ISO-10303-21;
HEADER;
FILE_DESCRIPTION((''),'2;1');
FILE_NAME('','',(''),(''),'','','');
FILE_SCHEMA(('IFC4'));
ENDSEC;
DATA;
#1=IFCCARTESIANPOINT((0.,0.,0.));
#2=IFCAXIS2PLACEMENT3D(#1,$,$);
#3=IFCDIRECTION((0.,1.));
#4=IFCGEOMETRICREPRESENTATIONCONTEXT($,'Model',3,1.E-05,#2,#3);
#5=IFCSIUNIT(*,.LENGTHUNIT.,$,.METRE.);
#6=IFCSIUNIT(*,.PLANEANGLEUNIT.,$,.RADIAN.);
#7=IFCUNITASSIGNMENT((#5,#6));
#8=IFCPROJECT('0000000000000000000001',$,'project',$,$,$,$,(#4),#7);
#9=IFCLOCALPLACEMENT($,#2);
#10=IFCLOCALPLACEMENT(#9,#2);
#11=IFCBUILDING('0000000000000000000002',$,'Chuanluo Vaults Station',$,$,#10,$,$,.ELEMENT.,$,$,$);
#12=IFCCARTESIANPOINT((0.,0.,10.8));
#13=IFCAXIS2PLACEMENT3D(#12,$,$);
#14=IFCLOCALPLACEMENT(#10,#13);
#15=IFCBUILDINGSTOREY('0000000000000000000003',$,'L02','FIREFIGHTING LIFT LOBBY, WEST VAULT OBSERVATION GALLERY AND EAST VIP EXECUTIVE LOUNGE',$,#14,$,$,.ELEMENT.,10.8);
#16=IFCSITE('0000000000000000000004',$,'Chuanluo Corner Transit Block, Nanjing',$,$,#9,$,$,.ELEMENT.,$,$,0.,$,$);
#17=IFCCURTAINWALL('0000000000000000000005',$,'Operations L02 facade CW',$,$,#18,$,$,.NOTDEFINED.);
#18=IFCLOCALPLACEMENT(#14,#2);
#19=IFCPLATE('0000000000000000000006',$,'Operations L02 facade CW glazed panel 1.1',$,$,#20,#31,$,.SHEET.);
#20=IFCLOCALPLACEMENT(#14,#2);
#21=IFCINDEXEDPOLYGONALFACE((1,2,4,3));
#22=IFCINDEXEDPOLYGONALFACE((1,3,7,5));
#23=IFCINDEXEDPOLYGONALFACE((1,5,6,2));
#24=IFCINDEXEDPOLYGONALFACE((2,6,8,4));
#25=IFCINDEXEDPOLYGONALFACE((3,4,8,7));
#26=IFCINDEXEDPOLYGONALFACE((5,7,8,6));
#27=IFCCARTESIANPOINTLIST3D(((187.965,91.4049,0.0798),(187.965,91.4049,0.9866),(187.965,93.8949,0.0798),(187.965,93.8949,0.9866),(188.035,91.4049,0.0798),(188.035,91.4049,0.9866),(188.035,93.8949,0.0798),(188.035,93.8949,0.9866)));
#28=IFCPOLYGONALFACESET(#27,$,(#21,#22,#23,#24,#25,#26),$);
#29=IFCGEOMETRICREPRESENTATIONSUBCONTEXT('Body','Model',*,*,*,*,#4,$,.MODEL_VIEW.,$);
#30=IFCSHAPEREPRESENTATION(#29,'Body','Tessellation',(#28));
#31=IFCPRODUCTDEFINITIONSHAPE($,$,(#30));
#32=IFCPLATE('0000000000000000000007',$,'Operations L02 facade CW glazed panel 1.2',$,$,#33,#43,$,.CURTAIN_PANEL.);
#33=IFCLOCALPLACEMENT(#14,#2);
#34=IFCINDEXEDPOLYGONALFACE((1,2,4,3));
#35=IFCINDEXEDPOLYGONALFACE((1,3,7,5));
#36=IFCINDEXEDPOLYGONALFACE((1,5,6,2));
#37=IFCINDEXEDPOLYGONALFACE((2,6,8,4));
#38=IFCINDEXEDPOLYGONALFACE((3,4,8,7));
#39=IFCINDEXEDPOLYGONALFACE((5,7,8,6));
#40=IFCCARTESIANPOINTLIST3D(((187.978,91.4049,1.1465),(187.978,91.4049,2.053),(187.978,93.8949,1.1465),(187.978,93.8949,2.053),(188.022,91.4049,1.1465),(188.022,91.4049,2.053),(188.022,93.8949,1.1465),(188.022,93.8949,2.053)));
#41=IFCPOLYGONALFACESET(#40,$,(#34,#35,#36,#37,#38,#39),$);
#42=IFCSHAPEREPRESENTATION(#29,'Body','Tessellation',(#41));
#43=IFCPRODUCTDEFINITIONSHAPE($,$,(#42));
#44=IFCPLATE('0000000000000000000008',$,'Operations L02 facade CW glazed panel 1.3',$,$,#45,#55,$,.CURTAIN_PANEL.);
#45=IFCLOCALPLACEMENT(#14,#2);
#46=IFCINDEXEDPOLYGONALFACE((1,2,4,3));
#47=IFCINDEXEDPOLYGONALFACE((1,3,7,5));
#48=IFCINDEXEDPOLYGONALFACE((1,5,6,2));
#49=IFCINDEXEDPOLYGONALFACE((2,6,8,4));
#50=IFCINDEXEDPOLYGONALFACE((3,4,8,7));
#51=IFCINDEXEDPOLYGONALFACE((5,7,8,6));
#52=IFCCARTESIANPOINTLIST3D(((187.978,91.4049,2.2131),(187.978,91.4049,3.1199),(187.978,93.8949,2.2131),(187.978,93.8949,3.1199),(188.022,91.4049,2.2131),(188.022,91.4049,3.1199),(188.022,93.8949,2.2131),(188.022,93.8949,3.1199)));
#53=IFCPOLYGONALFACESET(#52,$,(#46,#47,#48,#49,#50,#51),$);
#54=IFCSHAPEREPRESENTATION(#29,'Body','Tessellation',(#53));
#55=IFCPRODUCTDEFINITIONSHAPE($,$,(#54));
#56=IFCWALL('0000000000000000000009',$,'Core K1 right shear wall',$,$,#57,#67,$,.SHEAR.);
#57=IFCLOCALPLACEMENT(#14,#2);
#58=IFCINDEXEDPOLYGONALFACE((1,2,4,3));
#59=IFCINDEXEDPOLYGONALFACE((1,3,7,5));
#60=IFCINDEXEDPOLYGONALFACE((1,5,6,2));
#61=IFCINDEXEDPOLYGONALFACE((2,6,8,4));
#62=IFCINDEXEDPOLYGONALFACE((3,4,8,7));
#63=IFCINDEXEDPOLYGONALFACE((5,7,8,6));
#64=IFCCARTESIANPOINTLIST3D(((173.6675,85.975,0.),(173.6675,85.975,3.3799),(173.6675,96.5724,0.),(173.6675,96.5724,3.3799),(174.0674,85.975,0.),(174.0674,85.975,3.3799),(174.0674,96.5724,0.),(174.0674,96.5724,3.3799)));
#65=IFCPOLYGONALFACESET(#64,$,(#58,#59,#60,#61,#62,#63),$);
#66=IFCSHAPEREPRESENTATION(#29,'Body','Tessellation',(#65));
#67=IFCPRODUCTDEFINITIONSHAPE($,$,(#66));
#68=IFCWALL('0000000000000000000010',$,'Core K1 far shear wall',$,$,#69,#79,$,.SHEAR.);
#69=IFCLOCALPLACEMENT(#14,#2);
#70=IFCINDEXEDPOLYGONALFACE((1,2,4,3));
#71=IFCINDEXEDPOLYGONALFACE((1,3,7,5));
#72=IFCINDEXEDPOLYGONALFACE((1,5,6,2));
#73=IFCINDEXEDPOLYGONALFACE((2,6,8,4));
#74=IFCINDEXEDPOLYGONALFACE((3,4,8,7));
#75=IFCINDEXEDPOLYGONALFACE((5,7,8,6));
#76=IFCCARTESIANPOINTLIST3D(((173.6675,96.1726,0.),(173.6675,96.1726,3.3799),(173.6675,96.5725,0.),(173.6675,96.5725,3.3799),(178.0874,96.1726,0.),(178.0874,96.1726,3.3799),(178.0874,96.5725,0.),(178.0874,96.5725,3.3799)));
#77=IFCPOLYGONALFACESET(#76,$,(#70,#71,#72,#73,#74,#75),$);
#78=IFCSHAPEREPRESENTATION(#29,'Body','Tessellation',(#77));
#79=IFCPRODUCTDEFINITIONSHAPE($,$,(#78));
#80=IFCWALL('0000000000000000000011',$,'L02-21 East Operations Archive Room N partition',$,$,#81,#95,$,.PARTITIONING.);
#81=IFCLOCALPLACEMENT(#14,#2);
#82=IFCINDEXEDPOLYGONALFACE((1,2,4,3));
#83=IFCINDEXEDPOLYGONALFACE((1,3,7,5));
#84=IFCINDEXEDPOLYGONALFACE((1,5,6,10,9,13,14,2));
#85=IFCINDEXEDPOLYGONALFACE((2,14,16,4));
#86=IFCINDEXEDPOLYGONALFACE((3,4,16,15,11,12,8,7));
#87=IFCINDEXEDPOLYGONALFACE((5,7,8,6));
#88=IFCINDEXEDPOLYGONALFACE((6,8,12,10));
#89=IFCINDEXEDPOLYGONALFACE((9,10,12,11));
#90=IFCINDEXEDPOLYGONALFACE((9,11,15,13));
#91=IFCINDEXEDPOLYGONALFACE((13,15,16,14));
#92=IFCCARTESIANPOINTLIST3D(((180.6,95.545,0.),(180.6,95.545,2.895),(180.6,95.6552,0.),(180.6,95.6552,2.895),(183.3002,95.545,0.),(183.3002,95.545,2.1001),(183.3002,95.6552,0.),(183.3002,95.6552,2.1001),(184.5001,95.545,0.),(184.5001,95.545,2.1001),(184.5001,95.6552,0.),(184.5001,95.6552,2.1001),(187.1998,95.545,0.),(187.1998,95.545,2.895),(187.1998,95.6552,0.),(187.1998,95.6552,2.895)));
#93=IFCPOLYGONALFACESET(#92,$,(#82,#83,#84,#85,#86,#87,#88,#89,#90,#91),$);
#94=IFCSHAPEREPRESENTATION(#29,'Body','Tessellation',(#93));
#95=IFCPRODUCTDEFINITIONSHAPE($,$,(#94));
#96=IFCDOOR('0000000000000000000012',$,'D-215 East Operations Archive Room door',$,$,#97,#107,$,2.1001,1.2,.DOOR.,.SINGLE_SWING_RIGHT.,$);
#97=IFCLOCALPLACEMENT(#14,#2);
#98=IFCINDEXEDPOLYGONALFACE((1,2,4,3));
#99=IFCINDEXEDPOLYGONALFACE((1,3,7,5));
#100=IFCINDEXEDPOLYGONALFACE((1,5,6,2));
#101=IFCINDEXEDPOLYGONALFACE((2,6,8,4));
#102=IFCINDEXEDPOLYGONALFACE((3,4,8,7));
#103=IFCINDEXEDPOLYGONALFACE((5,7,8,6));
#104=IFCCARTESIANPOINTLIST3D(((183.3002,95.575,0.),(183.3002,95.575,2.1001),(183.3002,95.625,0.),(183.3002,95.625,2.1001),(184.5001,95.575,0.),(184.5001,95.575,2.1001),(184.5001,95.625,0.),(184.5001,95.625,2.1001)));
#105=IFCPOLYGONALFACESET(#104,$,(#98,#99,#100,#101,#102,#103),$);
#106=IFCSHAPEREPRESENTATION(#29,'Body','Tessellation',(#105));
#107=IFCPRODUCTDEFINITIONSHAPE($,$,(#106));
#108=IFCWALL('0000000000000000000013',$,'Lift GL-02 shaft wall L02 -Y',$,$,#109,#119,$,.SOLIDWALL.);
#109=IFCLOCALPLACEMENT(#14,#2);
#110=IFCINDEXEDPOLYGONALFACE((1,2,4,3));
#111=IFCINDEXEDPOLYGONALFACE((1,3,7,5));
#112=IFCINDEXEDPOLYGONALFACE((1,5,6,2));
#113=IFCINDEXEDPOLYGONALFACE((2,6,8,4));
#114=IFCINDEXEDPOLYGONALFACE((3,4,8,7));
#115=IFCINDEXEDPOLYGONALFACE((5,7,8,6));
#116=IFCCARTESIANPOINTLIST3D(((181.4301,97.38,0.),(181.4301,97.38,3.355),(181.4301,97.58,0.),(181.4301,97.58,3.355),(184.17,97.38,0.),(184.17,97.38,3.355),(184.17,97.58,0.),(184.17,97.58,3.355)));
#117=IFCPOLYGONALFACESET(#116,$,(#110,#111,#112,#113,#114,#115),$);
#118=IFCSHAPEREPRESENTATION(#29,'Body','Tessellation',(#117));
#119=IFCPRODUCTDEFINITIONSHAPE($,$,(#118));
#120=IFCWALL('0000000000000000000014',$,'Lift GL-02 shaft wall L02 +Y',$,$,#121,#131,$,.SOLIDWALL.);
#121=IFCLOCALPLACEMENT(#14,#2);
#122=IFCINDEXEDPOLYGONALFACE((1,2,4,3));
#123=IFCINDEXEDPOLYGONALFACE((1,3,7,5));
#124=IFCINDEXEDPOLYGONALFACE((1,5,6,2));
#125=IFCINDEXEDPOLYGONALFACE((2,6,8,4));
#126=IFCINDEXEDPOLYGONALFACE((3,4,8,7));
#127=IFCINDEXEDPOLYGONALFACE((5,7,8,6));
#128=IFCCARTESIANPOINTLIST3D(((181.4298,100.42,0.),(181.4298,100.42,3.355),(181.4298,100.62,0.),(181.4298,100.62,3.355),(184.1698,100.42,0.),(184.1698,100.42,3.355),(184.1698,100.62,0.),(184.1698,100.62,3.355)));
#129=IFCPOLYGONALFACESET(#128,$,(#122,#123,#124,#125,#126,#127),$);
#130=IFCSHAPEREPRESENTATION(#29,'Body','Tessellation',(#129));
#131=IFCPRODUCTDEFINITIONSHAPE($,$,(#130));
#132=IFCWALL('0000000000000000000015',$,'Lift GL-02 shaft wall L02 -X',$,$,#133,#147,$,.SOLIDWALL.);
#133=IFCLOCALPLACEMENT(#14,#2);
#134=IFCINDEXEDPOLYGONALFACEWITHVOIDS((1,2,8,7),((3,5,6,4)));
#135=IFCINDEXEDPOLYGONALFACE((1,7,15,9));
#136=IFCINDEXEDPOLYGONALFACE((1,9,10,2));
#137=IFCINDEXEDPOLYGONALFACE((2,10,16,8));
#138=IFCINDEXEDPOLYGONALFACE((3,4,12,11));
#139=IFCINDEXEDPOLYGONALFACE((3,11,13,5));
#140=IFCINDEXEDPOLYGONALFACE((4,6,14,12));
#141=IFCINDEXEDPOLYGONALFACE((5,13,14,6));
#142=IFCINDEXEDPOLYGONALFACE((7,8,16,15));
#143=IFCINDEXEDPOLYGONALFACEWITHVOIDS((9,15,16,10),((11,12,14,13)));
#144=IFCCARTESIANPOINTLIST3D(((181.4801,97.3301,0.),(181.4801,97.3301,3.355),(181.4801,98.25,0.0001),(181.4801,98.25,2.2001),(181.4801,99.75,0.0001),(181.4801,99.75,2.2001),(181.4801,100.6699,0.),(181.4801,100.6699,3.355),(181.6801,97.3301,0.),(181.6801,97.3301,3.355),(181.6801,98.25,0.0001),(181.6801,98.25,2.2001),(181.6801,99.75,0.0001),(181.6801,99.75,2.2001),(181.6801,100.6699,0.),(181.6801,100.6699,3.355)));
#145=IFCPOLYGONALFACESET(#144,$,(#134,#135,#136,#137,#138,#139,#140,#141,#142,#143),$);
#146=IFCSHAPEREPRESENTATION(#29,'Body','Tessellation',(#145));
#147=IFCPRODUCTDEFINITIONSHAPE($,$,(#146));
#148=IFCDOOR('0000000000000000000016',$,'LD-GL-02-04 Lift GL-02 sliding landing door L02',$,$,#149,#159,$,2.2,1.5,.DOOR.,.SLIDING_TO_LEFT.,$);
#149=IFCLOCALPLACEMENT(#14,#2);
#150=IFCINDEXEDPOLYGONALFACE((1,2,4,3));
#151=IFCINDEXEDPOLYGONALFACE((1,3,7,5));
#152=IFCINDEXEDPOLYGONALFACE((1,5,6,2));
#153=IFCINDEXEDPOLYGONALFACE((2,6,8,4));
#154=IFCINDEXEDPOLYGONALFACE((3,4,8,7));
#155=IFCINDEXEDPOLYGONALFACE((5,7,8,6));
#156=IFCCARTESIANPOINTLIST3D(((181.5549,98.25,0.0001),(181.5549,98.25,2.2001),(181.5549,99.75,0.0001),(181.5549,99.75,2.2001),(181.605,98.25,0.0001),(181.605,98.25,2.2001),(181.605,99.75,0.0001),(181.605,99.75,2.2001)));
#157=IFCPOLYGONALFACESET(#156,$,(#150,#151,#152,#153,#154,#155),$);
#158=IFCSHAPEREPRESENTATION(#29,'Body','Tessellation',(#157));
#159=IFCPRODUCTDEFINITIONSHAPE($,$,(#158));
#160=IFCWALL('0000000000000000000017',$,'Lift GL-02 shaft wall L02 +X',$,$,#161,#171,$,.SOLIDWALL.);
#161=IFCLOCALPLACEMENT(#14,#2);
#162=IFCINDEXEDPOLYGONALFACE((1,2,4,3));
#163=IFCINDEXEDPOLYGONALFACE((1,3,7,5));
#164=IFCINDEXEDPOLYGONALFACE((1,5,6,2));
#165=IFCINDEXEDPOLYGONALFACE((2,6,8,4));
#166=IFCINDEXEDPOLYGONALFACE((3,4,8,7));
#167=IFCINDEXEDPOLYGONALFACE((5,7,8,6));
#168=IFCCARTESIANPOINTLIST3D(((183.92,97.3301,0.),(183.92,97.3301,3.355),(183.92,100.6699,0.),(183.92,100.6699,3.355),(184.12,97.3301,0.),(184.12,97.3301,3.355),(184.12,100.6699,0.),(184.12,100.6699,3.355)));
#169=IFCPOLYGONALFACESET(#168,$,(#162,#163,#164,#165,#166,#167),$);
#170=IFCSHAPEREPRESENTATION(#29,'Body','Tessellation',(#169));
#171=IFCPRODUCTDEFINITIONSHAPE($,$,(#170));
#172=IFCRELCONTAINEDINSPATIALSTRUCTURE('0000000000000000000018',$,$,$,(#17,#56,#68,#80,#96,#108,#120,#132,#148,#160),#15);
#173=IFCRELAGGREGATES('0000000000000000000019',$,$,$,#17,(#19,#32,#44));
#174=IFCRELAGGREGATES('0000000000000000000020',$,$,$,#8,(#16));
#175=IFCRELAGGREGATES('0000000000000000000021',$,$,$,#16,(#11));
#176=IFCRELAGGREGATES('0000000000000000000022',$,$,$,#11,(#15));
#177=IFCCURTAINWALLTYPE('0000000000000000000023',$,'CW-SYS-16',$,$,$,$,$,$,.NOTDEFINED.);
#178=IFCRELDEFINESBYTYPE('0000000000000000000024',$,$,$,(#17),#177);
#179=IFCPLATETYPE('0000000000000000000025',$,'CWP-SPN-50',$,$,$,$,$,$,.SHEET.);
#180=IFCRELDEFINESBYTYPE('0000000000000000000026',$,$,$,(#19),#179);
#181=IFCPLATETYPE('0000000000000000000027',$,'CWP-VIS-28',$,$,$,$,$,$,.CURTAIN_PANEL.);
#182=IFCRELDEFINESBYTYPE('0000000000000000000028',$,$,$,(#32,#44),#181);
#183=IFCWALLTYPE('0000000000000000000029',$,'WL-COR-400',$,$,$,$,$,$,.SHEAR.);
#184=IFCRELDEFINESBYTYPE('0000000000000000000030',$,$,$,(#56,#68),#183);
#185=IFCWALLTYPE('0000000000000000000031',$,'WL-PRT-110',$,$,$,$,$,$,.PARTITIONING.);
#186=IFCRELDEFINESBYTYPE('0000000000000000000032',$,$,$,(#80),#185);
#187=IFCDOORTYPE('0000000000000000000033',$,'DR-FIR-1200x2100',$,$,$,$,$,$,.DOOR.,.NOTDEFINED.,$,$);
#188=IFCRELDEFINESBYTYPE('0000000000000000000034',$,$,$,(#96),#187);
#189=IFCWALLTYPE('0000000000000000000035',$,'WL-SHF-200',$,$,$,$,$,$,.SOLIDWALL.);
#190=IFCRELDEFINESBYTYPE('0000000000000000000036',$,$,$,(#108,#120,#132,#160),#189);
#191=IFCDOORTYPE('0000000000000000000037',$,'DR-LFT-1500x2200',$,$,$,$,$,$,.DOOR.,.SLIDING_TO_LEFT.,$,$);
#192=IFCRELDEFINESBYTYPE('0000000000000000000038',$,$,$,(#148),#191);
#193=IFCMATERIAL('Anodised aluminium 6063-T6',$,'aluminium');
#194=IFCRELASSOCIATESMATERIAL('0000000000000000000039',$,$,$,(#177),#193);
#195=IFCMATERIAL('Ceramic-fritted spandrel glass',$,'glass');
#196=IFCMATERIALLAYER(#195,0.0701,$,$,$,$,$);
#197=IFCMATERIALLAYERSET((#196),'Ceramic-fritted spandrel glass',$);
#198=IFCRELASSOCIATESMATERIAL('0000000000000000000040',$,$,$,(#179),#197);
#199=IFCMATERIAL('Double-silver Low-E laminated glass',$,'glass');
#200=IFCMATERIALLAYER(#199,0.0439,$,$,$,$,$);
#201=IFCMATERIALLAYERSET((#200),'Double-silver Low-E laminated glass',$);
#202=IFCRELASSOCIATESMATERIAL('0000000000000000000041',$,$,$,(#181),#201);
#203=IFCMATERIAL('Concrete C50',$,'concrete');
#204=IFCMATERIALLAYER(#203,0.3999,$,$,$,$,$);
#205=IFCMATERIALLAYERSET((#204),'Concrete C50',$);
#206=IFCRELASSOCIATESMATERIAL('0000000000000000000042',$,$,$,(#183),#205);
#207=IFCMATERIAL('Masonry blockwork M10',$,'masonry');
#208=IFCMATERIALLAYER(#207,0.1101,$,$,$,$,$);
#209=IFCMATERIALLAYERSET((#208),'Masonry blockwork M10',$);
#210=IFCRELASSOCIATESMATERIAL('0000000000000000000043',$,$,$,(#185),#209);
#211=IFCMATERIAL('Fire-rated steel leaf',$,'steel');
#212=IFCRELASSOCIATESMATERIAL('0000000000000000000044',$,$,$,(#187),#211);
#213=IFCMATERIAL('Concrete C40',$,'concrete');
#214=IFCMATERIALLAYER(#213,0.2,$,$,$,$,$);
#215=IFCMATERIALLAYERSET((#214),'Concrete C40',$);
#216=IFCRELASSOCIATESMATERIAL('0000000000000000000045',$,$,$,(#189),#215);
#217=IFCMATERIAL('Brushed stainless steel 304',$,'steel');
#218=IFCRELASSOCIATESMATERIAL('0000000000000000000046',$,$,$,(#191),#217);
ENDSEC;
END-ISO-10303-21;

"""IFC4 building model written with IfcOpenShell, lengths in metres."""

from ifc_helpers import new_model, si_unit, direction, frame, frame_2d, origin, origin_2d, place, context, subcontext, project, spatial, rectangle, extrude, material, layer, layer_set, type_object, element, fill, aggregate, save


model = new_model("IFC4")

# Units and contexts
model_context = context("Model", 3, precision=1e-05, world=origin(), true_north=direction((0.0, 1.0)))
body_context = subcontext(model_context, "Body", "Model", "MODEL_VIEW")
ifc_project = project(units=[si_unit("LENGTHUNIT", "METRE"), si_unit("PLANEANGLEUNIT", "RADIAN")], contexts=[model_context])

# Site, building, storey
site_placement = place(None, origin())
site = spatial("IfcSite", under=ifc_project, at=site_placement, Name="Chuanluo Corner Transit Block, Nanjing", CompositionType="ELEMENT", RefElevation=0.0)
building_placement = place(site_placement, origin())
building = spatial("IfcBuilding", under=site, at=building_placement, Name="Chuanluo Vaults Station", CompositionType="ELEMENT")
storey_placement = place(building_placement, frame((0.0, 0.0, 10.8)))
storey = spatial("IfcBuildingStorey", under=building, at=storey_placement, Name="L02", Description="FIREFIGHTING LIFT LOBBY, WEST VAULT OBSERVATION GALLERY AND EAST VIP EXECUTIVE LOUNGE", CompositionType="ELEMENT", Elevation=10.8)

# Curtain wall
ifc_material_1 = material(Name="Anodised aluminium 6063-T6", Category="aluminium")
curtain_wall_type = type_object("IfcCurtainWallType", Name="CW-SYS-16", PredefinedType="NOTDEFINED", material=ifc_material_1)
curtain_wall_placement = place(storey_placement, origin())
curtain_wall = element("IfcCurtainWall", 1, at=curtain_wall_placement, inside=storey, type_object=curtain_wall_type, Name="Operations L02 facade CW", PredefinedType="NOTDEFINED")

# Plates
ifc_material_2 = material(Name="Ceramic-fritted spandrel glass", Category="glass")
ifc_layer_1 = layer(ifc_material_2, 0.0701)
ifc_layer_set_1 = layer_set([ifc_layer_1], Name="Ceramic-fritted spandrel glass")
plate_type_1 = type_object("IfcPlateType", Name="CWP-SPN-50", PredefinedType="SHEET", material=ifc_layer_set_1)
plate_1_placement = place(storey_placement, frame((188.0, 92.6499, 0.0798), z_axis=(0.0, 0.0, 1.0), x_axis=(0.0, -1.0, 0.0)))
plate_1 = element("IfcPlate", 2, at=plate_1_placement, type_object=plate_type_1, Name="Operations L02 facade CW glazed panel 1.1", PredefinedType="SHEET", context=body_context, shape_type="SweptSolid", body=[
    extrude(rectangle(XDim=2.49, YDim=0.0701, at=origin_2d()), origin(), (0.0, 0.0, 1.0), 0.9067),
])
ifc_material_3 = material(Name="Double-silver Low-E laminated glass", Category="glass")
ifc_layer_2 = layer(ifc_material_3, 0.0439)
ifc_layer_set_2 = layer_set([ifc_layer_2], Name="Double-silver Low-E laminated glass")
plate_type_2 = type_object("IfcPlateType", Name="CWP-VIS-28", PredefinedType="CURTAIN_PANEL", material=ifc_layer_set_2)
plate_2_placement = place(storey_placement, frame((188.0, 92.6499, 1.1465), z_axis=(0.0, 0.0, 1.0), x_axis=(0.0, -1.0, 0.0)))
plate_2 = element("IfcPlate", 3, at=plate_2_placement, type_object=plate_type_2, Name="Operations L02 facade CW glazed panel 1.2", PredefinedType="CURTAIN_PANEL", context=body_context, shape_type="SweptSolid", body=[
    extrude(rectangle(XDim=2.49, YDim=0.0439, at=origin_2d()), origin(), (0.0, 0.0, 1.0), 0.9065),
])
plate_3_placement = place(storey_placement, frame((188.0, 92.6499, 2.2131), z_axis=(0.0, 0.0, 1.0), x_axis=(0.0, -1.0, 0.0)))
plate_3 = element("IfcPlate", 4, at=plate_3_placement, type_object=plate_type_2, Name="Operations L02 facade CW glazed panel 1.3", PredefinedType="CURTAIN_PANEL", context=body_context, shape_type="SweptSolid", body=[
    extrude(rectangle(XDim=2.49, YDim=0.0439, at=origin_2d()), origin(), (0.0, 0.0, 1.0), 0.9067),
])
aggregate(curtain_wall, [plate_1, plate_2, plate_3])

# Walls
ifc_material_4 = material(Name="Concrete C50", Category="concrete")
ifc_layer_3 = layer(ifc_material_4, 0.3999)
ifc_layer_set_3 = layer_set([ifc_layer_3], Name="Concrete C50")
wall_type_1 = type_object("IfcWallType", Name="WL-COR-400", PredefinedType="SHEAR", material=ifc_layer_set_3)
wall_1_placement = place(storey_placement, frame((173.8674, 96.5725, 0.0), z_axis=(0.0, 0.0, 1.0), x_axis=(0.0, -1.0, 0.0)))
element("IfcWall", 5, at=wall_1_placement, inside=storey, type_object=wall_type_1, Name="Core K1 right shear wall", PredefinedType="SHEAR", context=body_context, shape_type="SweptSolid", body=[
    extrude(rectangle(XDim=10.5974, YDim=0.3999, at=frame_2d((5.2988, 0.0))), origin(), (0.0, 0.0, 1.0), 3.3799),
])
wall_2_placement = place(storey_placement, frame((178.0874, 96.3726, 0.0), z_axis=(0.0, 0.0, 1.0), x_axis=(-1.0, 0.0, 0.0)))
element("IfcWall", 6, at=wall_2_placement, inside=storey, type_object=wall_type_1, Name="Core K1 far shear wall", PredefinedType="SHEAR", context=body_context, shape_type="SweptSolid", body=[
    extrude(rectangle(XDim=4.4199, YDim=0.3999, at=frame_2d((2.21, 0.0))), origin(), (0.0, 0.0, 1.0), 3.3799),
])

# Wall, opening, door
ifc_material_5 = material(Name="Masonry blockwork M10", Category="masonry")
ifc_layer_4 = layer(ifc_material_5, 0.1101)
ifc_layer_set_4 = layer_set([ifc_layer_4], Name="Masonry blockwork M10")
wall_type_2 = type_object("IfcWallType", Name="WL-PRT-110", PredefinedType="PARTITIONING", material=ifc_layer_set_4)
wall_3_placement = place(storey_placement, frame((180.6001, 95.6001, 0.0), z_axis=(0.0, 0.0, 1.0), x_axis=(1.0, 0.0, 0.0)))
wall_3 = element("IfcWall", 7, at=wall_3_placement, inside=storey, type_object=wall_type_2, Name="L02-21 East Operations Archive Room N partition", PredefinedType="PARTITIONING", context=body_context, shape_type="SweptSolid", body=[
    extrude(rectangle(XDim=6.5999, YDim=0.1101, at=frame_2d((3.2998, 0.0))), origin(), (0.0, 0.0, 1.0), 2.895),
])
opening_1_placement = place(wall_3_placement, frame((2.7, 0.0, 0.0)))
opening_1 = element("IfcOpeningElement", 8, at=opening_1_placement, cuts=wall_3, PredefinedType="OPENING", context=body_context, shape_type="SweptSolid", body=[
    extrude(rectangle(XDim=1.2, YDim=2.1001, at=frame_2d((0.6001, 1.05))), frame((0.0, 0.0652, 0.0), z_axis=(0.0, -1.0, 0.0), x_axis=(1.0, 0.0, 0.0)), (0.0, 0.0, 1.0), 0.1301),
])
ifc_material_6 = material(Name="Fire-rated steel leaf", Category="steel")
door_type_1 = type_object("IfcDoorType", Name="DR-FIR-1200x2100", OperationType="NOTDEFINED", PredefinedType="DOOR", material=ifc_material_6)
door_1_placement = place(opening_1_placement, origin())
door_1 = element("IfcDoor", 9, at=door_1_placement, inside=storey, type_object=door_type_1, Name="D-215 East Operations Archive Room door", OperationType="SINGLE_SWING_RIGHT", OverallHeight=2.1001, OverallWidth=1.2, PredefinedType="DOOR", context=body_context, shape_type="SweptSolid", body=[
    extrude(rectangle(XDim=1.2, YDim=2.1001, at=frame_2d((0.6001, 1.05))), frame((0.0, 0.0249, 0.0), z_axis=(0.0, -1.0, 0.0), x_axis=(1.0, 0.0, 0.0)), (0.0, 0.0, 1.0), 0.05),
])
fill(opening_1, door_1)

# Walls
ifc_material_7 = material(Name="Concrete C40", Category="concrete")
ifc_layer_5 = layer(ifc_material_7, 0.2)
ifc_layer_set_5 = layer_set([ifc_layer_5], Name="Concrete C40")
wall_type_3 = type_object("IfcWallType", Name="WL-SHF-200", PredefinedType="SOLIDWALL", material=ifc_layer_set_5)
for number, where, z_axis, x_axis, name in (
    (10, (181.4299, 97.48, 0.0), (0.0, 0.0, 1.0), (1.0, 0.0, 0.0), "Lift GL-02 shaft wall L02 -Y"),
    (11, (184.1699, 100.52, 0.0), (0.0, 0.0, 1.0), (-1.0, 0.0, 0.0), "Lift GL-02 shaft wall L02 +Y"),
):
    element("IfcWall", number, at=place(storey_placement, frame(where, z_axis=z_axis, x_axis=x_axis)), inside=storey, type_object=wall_type_3, Name=name, PredefinedType="SOLIDWALL", context=body_context, shape_type="SweptSolid", body=[
        extrude(rectangle(XDim=2.74, YDim=0.2, at=frame_2d((1.3701, 0.0))), origin(), (0.0, 0.0, 1.0), 3.355),
    ])

# Wall, opening, door
wall_4_placement = place(storey_placement, frame((181.5801, 100.6699, 0.0), z_axis=(0.0, 0.0, 1.0), x_axis=(0.0, -1.0, 0.0)))
wall_4 = element("IfcWall", 12, at=wall_4_placement, inside=storey, type_object=wall_type_3, Name="Lift GL-02 shaft wall L02 -X", PredefinedType="SOLIDWALL", context=body_context, shape_type="SweptSolid", body=[
    extrude(rectangle(XDim=3.3398, YDim=0.2, at=frame_2d((1.6699, 0.0))), origin(), (0.0, 0.0, 1.0), 3.355),
])
opening_2_placement = place(wall_4_placement, frame((0.9199, 0.0, 0.0)))
opening_2 = element("IfcOpeningElement", 13, at=opening_2_placement, cuts=wall_4, PredefinedType="OPENING", context=body_context, shape_type="SweptSolid", body=[
    extrude(rectangle(XDim=1.5, YDim=2.2, at=frame_2d((0.75, 1.1001))), frame((0.0, 0.1101, 0.0), z_axis=(0.0, -1.0, 0.0), x_axis=(1.0, 0.0, 0.0)), (0.0, 0.0, 1.0), 0.22),
])
ifc_material_8 = material(Name="Brushed stainless steel 304", Category="steel")
door_type_2 = type_object("IfcDoorType", Name="DR-LFT-1500x2200", OperationType="SLIDING_TO_LEFT", PredefinedType="DOOR", material=ifc_material_8)
door_2_placement = place(opening_2_placement, origin())
door_2 = element("IfcDoor", 14, at=door_2_placement, inside=storey, type_object=door_type_2, Name="LD-GL-02-04 Lift GL-02 sliding landing door L02", OperationType="SLIDING_TO_LEFT", OverallHeight=2.2, OverallWidth=1.5, PredefinedType="DOOR", context=body_context, shape_type="SweptSolid", body=[
    extrude(rectangle(XDim=1.5, YDim=2.2, at=frame_2d((0.75, 1.1001))), frame((0.0, 0.0249, 0.0), z_axis=(0.0, -1.0, 0.0), x_axis=(1.0, 0.0, 0.0)), (0.0, 0.0, 1.0), 0.05),
])
fill(opening_2, door_2)

# Wall
wall_5_placement = place(storey_placement, frame((184.02, 97.3301, 0.0), z_axis=(0.0, 0.0, 1.0), x_axis=(0.0, 1.0, 0.0)))
element("IfcWall", 15, at=wall_5_placement, inside=storey, type_object=wall_type_3, Name="Lift GL-02 shaft wall L02 +X", PredefinedType="SOLIDWALL", context=body_context, shape_type="SweptSolid", body=[
    extrude(rectangle(XDim=3.3398, YDim=0.2, at=frame_2d((1.6699, 0.0))), origin(), (0.0, 0.0, 1.0), 3.355),
])

save(model, "model.ifc")
